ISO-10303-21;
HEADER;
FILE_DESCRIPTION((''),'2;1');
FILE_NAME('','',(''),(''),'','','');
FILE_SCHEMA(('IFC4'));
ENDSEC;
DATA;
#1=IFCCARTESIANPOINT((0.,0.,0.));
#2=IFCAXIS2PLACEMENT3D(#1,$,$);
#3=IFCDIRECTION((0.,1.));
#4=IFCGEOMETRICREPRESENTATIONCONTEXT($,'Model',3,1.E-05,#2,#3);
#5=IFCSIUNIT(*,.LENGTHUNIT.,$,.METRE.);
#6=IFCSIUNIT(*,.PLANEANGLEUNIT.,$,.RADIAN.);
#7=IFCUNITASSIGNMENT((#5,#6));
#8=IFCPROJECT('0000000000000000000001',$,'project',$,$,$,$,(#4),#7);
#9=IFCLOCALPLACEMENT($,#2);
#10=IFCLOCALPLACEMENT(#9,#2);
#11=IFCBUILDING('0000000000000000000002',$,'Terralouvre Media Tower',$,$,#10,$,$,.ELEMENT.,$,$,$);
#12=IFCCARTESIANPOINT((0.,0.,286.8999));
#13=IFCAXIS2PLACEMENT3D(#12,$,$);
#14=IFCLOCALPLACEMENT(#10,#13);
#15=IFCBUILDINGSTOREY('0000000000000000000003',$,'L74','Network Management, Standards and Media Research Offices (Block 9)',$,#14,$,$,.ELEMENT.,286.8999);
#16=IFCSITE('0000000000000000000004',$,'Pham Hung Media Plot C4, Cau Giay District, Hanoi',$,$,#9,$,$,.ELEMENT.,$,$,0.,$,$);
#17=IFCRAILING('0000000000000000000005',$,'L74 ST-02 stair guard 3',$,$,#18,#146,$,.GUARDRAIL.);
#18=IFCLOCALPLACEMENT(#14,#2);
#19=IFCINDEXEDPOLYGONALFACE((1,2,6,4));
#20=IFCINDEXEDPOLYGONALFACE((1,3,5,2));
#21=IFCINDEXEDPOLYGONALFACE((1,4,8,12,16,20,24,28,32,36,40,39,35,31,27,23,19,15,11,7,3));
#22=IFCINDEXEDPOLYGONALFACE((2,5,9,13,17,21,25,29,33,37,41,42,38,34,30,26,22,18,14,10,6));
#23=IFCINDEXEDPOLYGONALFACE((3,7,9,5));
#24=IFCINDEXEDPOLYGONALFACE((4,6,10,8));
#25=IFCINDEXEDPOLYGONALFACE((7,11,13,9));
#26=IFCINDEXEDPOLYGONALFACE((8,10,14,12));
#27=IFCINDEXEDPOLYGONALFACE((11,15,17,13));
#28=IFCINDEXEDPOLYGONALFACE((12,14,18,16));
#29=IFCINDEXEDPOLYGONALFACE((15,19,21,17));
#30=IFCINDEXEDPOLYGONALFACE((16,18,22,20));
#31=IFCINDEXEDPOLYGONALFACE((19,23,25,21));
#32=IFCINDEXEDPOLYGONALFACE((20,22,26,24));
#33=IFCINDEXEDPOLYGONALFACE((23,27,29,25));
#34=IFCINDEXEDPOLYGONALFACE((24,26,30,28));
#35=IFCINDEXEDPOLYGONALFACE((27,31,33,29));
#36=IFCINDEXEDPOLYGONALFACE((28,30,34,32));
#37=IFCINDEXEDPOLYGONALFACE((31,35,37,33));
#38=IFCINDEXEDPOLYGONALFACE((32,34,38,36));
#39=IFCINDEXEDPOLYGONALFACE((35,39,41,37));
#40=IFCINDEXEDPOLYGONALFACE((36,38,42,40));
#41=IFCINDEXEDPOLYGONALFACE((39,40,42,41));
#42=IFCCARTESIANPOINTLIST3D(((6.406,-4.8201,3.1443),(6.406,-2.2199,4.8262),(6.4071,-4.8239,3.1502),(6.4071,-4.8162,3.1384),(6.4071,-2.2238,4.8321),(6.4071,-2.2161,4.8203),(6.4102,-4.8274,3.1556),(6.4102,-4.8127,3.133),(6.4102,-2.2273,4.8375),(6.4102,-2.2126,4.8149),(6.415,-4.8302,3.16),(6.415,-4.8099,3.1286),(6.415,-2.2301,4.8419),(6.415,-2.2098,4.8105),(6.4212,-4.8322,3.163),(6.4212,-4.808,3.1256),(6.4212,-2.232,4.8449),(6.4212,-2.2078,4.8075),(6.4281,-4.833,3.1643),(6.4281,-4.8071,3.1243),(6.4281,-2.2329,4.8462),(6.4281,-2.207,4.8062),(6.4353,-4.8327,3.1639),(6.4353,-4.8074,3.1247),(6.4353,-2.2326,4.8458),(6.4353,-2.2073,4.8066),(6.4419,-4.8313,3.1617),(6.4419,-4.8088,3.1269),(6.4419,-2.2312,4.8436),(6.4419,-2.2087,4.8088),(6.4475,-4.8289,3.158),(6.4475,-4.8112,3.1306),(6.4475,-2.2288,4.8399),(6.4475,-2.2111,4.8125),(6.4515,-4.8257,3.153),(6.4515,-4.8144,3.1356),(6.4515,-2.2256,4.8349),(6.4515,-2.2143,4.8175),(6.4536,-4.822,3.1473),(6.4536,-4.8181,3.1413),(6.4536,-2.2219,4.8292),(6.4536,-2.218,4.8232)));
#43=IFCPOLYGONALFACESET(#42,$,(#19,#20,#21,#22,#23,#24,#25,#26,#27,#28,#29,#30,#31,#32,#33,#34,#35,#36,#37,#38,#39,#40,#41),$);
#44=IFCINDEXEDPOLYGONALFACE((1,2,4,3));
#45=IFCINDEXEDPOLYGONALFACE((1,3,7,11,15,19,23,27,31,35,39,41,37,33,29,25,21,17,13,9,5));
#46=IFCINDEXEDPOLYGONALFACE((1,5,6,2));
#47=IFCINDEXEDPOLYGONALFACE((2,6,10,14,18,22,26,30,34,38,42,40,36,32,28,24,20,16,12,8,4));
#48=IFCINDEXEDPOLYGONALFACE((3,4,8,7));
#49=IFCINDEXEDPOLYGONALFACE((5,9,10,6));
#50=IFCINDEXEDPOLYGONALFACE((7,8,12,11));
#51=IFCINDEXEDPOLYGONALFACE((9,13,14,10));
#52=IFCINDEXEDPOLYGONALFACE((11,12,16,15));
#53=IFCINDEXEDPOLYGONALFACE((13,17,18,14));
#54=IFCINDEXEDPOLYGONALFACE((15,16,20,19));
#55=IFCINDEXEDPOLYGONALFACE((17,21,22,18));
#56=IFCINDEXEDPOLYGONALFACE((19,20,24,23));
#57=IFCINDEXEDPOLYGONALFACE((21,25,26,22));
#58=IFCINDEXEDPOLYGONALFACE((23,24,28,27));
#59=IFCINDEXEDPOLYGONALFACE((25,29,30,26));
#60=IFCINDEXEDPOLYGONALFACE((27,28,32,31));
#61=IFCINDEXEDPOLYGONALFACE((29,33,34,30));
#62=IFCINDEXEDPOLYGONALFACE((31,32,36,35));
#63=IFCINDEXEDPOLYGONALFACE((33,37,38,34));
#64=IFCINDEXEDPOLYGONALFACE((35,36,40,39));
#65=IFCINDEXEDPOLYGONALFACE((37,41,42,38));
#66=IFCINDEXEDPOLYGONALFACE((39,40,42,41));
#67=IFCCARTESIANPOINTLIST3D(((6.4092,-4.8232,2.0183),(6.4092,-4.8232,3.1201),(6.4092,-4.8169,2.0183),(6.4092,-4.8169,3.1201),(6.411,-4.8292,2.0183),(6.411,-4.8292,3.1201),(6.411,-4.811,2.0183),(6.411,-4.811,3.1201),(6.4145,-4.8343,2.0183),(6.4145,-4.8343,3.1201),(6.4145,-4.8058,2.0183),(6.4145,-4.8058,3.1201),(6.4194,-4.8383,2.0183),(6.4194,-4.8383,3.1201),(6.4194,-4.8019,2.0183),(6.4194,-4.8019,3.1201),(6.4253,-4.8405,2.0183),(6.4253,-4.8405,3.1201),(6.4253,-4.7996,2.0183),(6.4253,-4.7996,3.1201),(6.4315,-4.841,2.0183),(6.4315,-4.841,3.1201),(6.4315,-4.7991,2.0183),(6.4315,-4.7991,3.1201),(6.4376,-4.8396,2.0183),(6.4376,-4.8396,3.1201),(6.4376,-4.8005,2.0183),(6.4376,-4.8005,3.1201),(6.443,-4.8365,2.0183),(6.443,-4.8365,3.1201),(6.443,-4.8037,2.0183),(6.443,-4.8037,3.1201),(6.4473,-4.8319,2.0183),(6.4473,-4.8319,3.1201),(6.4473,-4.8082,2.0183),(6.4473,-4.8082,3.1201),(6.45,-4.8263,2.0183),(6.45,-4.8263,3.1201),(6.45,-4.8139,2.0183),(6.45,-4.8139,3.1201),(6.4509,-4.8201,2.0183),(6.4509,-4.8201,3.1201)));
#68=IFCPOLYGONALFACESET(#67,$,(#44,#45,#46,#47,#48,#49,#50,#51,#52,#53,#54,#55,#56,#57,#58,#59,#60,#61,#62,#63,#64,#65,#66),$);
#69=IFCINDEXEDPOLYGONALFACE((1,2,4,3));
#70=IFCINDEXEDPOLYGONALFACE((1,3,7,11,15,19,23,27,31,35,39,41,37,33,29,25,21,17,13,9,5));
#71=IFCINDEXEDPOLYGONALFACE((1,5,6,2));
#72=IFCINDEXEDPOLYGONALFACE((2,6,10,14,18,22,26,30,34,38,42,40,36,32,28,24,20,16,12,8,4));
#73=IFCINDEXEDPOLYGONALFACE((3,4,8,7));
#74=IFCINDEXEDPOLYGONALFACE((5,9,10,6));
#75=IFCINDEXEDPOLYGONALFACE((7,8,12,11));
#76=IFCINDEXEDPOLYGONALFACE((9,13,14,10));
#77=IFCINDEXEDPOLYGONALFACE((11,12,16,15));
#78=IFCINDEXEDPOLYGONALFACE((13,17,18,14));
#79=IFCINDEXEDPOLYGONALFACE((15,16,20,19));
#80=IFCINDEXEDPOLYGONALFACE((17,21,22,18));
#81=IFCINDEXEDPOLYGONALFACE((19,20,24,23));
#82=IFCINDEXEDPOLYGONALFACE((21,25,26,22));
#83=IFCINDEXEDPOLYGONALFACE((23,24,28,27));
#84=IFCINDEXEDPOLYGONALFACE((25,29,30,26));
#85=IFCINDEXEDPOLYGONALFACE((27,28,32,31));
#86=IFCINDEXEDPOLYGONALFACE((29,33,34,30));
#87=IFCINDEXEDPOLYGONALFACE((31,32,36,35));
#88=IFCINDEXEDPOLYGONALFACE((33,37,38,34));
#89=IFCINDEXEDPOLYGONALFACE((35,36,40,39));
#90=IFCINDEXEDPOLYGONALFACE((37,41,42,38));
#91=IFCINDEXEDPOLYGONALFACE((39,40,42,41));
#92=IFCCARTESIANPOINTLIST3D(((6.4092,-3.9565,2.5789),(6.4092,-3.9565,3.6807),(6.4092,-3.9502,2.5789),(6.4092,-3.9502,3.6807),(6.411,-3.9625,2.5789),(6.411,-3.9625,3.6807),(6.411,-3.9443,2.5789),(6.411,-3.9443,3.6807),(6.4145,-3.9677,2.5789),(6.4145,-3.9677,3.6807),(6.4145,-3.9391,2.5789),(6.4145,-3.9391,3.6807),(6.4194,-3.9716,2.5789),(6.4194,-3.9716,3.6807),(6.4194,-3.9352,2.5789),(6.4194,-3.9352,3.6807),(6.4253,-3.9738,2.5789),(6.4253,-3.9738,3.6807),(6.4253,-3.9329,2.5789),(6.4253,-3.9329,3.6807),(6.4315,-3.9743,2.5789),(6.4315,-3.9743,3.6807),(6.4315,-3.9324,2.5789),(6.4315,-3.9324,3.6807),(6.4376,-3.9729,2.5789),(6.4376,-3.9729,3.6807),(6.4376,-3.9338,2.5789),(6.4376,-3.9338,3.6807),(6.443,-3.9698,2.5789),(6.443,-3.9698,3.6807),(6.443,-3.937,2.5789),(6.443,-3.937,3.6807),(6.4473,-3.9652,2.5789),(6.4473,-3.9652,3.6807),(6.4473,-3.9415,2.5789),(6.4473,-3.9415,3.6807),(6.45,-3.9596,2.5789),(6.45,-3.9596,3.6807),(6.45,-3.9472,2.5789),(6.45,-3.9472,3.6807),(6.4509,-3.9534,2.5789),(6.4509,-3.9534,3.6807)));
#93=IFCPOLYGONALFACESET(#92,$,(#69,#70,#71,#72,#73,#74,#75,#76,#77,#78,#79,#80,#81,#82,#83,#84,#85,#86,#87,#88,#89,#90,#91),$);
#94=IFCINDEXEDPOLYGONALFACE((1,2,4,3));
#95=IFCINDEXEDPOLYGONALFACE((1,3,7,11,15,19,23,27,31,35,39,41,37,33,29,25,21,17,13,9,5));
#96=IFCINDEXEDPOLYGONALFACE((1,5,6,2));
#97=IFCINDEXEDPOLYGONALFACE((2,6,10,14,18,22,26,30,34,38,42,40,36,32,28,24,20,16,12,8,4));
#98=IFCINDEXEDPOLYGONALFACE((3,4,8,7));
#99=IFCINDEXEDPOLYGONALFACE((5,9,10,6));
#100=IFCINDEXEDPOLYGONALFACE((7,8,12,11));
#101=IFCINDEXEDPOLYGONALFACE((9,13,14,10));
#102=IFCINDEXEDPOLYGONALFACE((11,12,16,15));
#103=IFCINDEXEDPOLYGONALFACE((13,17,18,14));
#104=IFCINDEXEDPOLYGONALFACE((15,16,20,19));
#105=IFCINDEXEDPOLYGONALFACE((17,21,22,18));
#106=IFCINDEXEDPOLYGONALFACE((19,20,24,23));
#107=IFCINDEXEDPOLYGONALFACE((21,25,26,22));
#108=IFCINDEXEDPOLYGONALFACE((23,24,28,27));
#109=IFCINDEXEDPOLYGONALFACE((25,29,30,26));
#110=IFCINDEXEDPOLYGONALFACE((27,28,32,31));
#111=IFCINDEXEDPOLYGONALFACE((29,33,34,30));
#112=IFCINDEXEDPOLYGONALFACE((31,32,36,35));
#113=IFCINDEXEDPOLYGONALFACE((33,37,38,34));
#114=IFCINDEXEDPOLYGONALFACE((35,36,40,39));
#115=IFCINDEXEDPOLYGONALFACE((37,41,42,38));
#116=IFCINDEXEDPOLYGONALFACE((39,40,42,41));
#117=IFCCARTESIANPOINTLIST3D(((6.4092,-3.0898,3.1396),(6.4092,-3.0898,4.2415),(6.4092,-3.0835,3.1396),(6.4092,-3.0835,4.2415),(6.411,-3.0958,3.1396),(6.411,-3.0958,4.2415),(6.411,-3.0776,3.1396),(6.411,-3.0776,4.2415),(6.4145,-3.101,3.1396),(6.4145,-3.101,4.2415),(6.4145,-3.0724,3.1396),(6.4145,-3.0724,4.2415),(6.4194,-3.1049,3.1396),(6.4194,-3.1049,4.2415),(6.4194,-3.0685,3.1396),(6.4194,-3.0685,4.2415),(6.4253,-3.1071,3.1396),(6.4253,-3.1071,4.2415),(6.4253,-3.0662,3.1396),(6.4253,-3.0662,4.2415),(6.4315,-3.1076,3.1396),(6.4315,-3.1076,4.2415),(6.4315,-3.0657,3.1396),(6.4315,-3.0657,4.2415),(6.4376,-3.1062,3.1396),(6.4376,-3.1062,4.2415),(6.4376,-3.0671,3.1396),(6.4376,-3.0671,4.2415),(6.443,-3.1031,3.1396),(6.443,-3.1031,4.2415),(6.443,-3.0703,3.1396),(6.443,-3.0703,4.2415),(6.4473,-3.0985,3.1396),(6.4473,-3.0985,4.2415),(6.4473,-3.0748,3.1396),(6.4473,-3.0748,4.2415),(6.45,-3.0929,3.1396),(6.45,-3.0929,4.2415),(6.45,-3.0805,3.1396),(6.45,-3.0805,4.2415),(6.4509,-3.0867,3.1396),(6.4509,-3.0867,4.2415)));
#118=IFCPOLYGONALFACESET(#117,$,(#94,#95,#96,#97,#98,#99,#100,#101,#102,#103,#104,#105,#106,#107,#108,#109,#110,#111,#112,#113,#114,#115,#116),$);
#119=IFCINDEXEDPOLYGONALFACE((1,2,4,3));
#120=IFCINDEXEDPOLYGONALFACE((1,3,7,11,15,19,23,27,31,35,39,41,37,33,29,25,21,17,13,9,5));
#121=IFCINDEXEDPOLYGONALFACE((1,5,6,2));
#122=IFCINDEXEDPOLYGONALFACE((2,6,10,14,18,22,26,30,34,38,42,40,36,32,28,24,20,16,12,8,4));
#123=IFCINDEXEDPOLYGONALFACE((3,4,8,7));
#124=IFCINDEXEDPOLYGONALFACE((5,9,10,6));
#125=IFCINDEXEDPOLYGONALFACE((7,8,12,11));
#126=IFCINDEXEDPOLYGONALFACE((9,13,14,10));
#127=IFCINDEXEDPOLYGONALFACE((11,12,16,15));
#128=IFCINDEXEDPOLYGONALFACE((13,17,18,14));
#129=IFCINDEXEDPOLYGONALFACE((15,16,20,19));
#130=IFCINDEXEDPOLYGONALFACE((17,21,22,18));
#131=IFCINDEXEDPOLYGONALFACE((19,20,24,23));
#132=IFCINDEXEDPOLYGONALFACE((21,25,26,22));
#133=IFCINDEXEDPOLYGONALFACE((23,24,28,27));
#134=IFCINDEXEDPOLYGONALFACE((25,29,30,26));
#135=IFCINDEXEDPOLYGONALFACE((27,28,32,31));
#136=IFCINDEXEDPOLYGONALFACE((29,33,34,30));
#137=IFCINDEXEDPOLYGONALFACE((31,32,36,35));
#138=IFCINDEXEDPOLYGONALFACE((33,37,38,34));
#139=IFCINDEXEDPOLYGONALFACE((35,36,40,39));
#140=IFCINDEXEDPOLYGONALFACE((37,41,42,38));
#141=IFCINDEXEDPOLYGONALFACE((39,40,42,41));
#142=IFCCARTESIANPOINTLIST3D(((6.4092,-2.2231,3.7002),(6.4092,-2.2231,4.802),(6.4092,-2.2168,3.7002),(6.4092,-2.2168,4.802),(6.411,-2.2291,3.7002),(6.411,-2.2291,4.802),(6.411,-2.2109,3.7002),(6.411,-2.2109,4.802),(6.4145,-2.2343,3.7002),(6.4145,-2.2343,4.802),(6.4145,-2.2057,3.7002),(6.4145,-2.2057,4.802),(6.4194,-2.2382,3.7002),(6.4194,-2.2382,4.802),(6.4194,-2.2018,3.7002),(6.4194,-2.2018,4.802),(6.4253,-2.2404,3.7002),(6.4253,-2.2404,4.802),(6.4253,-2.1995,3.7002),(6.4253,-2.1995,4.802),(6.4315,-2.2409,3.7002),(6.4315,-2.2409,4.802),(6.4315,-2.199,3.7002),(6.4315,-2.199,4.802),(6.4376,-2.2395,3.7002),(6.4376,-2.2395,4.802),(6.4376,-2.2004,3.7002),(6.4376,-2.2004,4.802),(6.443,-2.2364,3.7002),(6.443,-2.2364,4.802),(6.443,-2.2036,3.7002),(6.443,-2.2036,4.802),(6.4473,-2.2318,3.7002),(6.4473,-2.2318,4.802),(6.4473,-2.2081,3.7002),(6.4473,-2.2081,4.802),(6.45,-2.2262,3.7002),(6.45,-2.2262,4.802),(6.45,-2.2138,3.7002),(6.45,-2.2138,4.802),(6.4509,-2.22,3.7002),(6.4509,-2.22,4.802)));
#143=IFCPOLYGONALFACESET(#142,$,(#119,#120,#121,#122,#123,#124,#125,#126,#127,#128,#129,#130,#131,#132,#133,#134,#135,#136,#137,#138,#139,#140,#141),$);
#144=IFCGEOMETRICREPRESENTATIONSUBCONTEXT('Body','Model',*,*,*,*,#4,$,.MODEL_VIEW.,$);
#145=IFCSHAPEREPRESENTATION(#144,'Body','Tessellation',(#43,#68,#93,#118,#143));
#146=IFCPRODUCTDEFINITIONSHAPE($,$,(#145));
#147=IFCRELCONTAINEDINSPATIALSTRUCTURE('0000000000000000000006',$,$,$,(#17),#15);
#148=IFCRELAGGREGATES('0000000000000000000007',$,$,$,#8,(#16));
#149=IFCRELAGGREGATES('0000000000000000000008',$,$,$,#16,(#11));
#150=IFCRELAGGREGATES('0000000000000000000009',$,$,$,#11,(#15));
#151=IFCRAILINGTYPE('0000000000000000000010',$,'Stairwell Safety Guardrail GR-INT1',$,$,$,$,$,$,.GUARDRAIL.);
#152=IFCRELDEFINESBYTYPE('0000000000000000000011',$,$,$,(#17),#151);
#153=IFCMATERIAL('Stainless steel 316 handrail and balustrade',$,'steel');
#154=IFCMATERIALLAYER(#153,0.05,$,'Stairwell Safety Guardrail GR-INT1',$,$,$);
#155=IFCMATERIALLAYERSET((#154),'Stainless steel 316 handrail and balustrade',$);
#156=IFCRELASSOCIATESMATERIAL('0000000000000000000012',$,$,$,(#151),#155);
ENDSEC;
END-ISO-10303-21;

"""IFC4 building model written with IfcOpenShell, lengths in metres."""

from ifc_helpers import new_model, si_unit, direction, frame, origin, origin_2d, place, context, subcontext, project, spatial, circle, extrude, material, layer, layer_set, type_object, element, save


model = new_model("IFC4")

# Units and contexts
model_context = context("Model", 3, precision=1e-05, world=origin(), true_north=direction((0.0, 1.0)))
body_context = subcontext(model_context, "Body", "Model", "MODEL_VIEW")
ifc_project = project(units=[si_unit("LENGTHUNIT", "METRE"), si_unit("PLANEANGLEUNIT", "RADIAN")], contexts=[model_context])

# Site, building, storey
site_placement = place(None, origin())
site = spatial("IfcSite", under=ifc_project, at=site_placement, Name="Pham Hung Media Plot C4, Cau Giay District, Hanoi", CompositionType="ELEMENT", RefElevation=0.0)
building_placement = place(site_placement, origin())
building = spatial("IfcBuilding", under=site, at=building_placement, Name="Terralouvre Media Tower", CompositionType="ELEMENT")
storey_placement = place(building_placement, frame((0.0, 0.0, 286.8999)))
storey = spatial("IfcBuildingStorey", under=building, at=storey_placement, Name="L74", Description="Network Management, Standards and Media Research Offices (Block 9)", CompositionType="ELEMENT", Elevation=286.8999)

# Railing
ifc_material_1 = material(Name="Stainless steel 316 handrail and balustrade", Category="steel")
ifc_layer_1 = layer(ifc_material_1, 0.05, Name="Stairwell Safety Guardrail GR-INT1")
ifc_layer_set_1 = layer_set([ifc_layer_1], Name="Stainless steel 316 handrail and balustrade")
railing_type_1 = type_object("IfcRailingType", Name="Stairwell Safety Guardrail GR-INT1", PredefinedType="GUARDRAIL", material=ifc_layer_set_1)
railing_1_placement = place(storey_placement, frame((6.4299, -4.8201, 2.0183)))
element("IfcRailing", 1, at=railing_1_placement, inside=storey, type_object=railing_type_1, Name="L74 ST-02 stair guard 3", PredefinedType="GUARDRAIL", context=body_context, shape_type="SweptSolid", body=[
    extrude(circle(Radius=0.0239, at=origin_2d()), frame((0.0, 0.0, 1.126), z_axis=(0.0, 0.839648, 0.54313), x_axis=(-1.0, 0.0, 0.0)), (0.0, 0.0, 1.0), 3.0967),
    extrude(circle(Radius=0.021, at=origin_2d()), origin(), (0.0, 0.0, 1.0), 1.1018),
    extrude(circle(Radius=0.021, at=origin_2d()), frame((0.0, 0.8667, 0.5605)), (0.0, 0.0, 1.0), 1.1018),
    extrude(circle(Radius=0.021, at=origin_2d()), frame((0.0, 1.7334, 1.1213)), (0.0, 0.0, 1.0), 1.1018),
    extrude(circle(Radius=0.021, at=origin_2d()), frame((0.0, 2.6001, 1.6819)), (0.0, 0.0, 1.0), 1.1018),
])

save(model, "model.ifc")
